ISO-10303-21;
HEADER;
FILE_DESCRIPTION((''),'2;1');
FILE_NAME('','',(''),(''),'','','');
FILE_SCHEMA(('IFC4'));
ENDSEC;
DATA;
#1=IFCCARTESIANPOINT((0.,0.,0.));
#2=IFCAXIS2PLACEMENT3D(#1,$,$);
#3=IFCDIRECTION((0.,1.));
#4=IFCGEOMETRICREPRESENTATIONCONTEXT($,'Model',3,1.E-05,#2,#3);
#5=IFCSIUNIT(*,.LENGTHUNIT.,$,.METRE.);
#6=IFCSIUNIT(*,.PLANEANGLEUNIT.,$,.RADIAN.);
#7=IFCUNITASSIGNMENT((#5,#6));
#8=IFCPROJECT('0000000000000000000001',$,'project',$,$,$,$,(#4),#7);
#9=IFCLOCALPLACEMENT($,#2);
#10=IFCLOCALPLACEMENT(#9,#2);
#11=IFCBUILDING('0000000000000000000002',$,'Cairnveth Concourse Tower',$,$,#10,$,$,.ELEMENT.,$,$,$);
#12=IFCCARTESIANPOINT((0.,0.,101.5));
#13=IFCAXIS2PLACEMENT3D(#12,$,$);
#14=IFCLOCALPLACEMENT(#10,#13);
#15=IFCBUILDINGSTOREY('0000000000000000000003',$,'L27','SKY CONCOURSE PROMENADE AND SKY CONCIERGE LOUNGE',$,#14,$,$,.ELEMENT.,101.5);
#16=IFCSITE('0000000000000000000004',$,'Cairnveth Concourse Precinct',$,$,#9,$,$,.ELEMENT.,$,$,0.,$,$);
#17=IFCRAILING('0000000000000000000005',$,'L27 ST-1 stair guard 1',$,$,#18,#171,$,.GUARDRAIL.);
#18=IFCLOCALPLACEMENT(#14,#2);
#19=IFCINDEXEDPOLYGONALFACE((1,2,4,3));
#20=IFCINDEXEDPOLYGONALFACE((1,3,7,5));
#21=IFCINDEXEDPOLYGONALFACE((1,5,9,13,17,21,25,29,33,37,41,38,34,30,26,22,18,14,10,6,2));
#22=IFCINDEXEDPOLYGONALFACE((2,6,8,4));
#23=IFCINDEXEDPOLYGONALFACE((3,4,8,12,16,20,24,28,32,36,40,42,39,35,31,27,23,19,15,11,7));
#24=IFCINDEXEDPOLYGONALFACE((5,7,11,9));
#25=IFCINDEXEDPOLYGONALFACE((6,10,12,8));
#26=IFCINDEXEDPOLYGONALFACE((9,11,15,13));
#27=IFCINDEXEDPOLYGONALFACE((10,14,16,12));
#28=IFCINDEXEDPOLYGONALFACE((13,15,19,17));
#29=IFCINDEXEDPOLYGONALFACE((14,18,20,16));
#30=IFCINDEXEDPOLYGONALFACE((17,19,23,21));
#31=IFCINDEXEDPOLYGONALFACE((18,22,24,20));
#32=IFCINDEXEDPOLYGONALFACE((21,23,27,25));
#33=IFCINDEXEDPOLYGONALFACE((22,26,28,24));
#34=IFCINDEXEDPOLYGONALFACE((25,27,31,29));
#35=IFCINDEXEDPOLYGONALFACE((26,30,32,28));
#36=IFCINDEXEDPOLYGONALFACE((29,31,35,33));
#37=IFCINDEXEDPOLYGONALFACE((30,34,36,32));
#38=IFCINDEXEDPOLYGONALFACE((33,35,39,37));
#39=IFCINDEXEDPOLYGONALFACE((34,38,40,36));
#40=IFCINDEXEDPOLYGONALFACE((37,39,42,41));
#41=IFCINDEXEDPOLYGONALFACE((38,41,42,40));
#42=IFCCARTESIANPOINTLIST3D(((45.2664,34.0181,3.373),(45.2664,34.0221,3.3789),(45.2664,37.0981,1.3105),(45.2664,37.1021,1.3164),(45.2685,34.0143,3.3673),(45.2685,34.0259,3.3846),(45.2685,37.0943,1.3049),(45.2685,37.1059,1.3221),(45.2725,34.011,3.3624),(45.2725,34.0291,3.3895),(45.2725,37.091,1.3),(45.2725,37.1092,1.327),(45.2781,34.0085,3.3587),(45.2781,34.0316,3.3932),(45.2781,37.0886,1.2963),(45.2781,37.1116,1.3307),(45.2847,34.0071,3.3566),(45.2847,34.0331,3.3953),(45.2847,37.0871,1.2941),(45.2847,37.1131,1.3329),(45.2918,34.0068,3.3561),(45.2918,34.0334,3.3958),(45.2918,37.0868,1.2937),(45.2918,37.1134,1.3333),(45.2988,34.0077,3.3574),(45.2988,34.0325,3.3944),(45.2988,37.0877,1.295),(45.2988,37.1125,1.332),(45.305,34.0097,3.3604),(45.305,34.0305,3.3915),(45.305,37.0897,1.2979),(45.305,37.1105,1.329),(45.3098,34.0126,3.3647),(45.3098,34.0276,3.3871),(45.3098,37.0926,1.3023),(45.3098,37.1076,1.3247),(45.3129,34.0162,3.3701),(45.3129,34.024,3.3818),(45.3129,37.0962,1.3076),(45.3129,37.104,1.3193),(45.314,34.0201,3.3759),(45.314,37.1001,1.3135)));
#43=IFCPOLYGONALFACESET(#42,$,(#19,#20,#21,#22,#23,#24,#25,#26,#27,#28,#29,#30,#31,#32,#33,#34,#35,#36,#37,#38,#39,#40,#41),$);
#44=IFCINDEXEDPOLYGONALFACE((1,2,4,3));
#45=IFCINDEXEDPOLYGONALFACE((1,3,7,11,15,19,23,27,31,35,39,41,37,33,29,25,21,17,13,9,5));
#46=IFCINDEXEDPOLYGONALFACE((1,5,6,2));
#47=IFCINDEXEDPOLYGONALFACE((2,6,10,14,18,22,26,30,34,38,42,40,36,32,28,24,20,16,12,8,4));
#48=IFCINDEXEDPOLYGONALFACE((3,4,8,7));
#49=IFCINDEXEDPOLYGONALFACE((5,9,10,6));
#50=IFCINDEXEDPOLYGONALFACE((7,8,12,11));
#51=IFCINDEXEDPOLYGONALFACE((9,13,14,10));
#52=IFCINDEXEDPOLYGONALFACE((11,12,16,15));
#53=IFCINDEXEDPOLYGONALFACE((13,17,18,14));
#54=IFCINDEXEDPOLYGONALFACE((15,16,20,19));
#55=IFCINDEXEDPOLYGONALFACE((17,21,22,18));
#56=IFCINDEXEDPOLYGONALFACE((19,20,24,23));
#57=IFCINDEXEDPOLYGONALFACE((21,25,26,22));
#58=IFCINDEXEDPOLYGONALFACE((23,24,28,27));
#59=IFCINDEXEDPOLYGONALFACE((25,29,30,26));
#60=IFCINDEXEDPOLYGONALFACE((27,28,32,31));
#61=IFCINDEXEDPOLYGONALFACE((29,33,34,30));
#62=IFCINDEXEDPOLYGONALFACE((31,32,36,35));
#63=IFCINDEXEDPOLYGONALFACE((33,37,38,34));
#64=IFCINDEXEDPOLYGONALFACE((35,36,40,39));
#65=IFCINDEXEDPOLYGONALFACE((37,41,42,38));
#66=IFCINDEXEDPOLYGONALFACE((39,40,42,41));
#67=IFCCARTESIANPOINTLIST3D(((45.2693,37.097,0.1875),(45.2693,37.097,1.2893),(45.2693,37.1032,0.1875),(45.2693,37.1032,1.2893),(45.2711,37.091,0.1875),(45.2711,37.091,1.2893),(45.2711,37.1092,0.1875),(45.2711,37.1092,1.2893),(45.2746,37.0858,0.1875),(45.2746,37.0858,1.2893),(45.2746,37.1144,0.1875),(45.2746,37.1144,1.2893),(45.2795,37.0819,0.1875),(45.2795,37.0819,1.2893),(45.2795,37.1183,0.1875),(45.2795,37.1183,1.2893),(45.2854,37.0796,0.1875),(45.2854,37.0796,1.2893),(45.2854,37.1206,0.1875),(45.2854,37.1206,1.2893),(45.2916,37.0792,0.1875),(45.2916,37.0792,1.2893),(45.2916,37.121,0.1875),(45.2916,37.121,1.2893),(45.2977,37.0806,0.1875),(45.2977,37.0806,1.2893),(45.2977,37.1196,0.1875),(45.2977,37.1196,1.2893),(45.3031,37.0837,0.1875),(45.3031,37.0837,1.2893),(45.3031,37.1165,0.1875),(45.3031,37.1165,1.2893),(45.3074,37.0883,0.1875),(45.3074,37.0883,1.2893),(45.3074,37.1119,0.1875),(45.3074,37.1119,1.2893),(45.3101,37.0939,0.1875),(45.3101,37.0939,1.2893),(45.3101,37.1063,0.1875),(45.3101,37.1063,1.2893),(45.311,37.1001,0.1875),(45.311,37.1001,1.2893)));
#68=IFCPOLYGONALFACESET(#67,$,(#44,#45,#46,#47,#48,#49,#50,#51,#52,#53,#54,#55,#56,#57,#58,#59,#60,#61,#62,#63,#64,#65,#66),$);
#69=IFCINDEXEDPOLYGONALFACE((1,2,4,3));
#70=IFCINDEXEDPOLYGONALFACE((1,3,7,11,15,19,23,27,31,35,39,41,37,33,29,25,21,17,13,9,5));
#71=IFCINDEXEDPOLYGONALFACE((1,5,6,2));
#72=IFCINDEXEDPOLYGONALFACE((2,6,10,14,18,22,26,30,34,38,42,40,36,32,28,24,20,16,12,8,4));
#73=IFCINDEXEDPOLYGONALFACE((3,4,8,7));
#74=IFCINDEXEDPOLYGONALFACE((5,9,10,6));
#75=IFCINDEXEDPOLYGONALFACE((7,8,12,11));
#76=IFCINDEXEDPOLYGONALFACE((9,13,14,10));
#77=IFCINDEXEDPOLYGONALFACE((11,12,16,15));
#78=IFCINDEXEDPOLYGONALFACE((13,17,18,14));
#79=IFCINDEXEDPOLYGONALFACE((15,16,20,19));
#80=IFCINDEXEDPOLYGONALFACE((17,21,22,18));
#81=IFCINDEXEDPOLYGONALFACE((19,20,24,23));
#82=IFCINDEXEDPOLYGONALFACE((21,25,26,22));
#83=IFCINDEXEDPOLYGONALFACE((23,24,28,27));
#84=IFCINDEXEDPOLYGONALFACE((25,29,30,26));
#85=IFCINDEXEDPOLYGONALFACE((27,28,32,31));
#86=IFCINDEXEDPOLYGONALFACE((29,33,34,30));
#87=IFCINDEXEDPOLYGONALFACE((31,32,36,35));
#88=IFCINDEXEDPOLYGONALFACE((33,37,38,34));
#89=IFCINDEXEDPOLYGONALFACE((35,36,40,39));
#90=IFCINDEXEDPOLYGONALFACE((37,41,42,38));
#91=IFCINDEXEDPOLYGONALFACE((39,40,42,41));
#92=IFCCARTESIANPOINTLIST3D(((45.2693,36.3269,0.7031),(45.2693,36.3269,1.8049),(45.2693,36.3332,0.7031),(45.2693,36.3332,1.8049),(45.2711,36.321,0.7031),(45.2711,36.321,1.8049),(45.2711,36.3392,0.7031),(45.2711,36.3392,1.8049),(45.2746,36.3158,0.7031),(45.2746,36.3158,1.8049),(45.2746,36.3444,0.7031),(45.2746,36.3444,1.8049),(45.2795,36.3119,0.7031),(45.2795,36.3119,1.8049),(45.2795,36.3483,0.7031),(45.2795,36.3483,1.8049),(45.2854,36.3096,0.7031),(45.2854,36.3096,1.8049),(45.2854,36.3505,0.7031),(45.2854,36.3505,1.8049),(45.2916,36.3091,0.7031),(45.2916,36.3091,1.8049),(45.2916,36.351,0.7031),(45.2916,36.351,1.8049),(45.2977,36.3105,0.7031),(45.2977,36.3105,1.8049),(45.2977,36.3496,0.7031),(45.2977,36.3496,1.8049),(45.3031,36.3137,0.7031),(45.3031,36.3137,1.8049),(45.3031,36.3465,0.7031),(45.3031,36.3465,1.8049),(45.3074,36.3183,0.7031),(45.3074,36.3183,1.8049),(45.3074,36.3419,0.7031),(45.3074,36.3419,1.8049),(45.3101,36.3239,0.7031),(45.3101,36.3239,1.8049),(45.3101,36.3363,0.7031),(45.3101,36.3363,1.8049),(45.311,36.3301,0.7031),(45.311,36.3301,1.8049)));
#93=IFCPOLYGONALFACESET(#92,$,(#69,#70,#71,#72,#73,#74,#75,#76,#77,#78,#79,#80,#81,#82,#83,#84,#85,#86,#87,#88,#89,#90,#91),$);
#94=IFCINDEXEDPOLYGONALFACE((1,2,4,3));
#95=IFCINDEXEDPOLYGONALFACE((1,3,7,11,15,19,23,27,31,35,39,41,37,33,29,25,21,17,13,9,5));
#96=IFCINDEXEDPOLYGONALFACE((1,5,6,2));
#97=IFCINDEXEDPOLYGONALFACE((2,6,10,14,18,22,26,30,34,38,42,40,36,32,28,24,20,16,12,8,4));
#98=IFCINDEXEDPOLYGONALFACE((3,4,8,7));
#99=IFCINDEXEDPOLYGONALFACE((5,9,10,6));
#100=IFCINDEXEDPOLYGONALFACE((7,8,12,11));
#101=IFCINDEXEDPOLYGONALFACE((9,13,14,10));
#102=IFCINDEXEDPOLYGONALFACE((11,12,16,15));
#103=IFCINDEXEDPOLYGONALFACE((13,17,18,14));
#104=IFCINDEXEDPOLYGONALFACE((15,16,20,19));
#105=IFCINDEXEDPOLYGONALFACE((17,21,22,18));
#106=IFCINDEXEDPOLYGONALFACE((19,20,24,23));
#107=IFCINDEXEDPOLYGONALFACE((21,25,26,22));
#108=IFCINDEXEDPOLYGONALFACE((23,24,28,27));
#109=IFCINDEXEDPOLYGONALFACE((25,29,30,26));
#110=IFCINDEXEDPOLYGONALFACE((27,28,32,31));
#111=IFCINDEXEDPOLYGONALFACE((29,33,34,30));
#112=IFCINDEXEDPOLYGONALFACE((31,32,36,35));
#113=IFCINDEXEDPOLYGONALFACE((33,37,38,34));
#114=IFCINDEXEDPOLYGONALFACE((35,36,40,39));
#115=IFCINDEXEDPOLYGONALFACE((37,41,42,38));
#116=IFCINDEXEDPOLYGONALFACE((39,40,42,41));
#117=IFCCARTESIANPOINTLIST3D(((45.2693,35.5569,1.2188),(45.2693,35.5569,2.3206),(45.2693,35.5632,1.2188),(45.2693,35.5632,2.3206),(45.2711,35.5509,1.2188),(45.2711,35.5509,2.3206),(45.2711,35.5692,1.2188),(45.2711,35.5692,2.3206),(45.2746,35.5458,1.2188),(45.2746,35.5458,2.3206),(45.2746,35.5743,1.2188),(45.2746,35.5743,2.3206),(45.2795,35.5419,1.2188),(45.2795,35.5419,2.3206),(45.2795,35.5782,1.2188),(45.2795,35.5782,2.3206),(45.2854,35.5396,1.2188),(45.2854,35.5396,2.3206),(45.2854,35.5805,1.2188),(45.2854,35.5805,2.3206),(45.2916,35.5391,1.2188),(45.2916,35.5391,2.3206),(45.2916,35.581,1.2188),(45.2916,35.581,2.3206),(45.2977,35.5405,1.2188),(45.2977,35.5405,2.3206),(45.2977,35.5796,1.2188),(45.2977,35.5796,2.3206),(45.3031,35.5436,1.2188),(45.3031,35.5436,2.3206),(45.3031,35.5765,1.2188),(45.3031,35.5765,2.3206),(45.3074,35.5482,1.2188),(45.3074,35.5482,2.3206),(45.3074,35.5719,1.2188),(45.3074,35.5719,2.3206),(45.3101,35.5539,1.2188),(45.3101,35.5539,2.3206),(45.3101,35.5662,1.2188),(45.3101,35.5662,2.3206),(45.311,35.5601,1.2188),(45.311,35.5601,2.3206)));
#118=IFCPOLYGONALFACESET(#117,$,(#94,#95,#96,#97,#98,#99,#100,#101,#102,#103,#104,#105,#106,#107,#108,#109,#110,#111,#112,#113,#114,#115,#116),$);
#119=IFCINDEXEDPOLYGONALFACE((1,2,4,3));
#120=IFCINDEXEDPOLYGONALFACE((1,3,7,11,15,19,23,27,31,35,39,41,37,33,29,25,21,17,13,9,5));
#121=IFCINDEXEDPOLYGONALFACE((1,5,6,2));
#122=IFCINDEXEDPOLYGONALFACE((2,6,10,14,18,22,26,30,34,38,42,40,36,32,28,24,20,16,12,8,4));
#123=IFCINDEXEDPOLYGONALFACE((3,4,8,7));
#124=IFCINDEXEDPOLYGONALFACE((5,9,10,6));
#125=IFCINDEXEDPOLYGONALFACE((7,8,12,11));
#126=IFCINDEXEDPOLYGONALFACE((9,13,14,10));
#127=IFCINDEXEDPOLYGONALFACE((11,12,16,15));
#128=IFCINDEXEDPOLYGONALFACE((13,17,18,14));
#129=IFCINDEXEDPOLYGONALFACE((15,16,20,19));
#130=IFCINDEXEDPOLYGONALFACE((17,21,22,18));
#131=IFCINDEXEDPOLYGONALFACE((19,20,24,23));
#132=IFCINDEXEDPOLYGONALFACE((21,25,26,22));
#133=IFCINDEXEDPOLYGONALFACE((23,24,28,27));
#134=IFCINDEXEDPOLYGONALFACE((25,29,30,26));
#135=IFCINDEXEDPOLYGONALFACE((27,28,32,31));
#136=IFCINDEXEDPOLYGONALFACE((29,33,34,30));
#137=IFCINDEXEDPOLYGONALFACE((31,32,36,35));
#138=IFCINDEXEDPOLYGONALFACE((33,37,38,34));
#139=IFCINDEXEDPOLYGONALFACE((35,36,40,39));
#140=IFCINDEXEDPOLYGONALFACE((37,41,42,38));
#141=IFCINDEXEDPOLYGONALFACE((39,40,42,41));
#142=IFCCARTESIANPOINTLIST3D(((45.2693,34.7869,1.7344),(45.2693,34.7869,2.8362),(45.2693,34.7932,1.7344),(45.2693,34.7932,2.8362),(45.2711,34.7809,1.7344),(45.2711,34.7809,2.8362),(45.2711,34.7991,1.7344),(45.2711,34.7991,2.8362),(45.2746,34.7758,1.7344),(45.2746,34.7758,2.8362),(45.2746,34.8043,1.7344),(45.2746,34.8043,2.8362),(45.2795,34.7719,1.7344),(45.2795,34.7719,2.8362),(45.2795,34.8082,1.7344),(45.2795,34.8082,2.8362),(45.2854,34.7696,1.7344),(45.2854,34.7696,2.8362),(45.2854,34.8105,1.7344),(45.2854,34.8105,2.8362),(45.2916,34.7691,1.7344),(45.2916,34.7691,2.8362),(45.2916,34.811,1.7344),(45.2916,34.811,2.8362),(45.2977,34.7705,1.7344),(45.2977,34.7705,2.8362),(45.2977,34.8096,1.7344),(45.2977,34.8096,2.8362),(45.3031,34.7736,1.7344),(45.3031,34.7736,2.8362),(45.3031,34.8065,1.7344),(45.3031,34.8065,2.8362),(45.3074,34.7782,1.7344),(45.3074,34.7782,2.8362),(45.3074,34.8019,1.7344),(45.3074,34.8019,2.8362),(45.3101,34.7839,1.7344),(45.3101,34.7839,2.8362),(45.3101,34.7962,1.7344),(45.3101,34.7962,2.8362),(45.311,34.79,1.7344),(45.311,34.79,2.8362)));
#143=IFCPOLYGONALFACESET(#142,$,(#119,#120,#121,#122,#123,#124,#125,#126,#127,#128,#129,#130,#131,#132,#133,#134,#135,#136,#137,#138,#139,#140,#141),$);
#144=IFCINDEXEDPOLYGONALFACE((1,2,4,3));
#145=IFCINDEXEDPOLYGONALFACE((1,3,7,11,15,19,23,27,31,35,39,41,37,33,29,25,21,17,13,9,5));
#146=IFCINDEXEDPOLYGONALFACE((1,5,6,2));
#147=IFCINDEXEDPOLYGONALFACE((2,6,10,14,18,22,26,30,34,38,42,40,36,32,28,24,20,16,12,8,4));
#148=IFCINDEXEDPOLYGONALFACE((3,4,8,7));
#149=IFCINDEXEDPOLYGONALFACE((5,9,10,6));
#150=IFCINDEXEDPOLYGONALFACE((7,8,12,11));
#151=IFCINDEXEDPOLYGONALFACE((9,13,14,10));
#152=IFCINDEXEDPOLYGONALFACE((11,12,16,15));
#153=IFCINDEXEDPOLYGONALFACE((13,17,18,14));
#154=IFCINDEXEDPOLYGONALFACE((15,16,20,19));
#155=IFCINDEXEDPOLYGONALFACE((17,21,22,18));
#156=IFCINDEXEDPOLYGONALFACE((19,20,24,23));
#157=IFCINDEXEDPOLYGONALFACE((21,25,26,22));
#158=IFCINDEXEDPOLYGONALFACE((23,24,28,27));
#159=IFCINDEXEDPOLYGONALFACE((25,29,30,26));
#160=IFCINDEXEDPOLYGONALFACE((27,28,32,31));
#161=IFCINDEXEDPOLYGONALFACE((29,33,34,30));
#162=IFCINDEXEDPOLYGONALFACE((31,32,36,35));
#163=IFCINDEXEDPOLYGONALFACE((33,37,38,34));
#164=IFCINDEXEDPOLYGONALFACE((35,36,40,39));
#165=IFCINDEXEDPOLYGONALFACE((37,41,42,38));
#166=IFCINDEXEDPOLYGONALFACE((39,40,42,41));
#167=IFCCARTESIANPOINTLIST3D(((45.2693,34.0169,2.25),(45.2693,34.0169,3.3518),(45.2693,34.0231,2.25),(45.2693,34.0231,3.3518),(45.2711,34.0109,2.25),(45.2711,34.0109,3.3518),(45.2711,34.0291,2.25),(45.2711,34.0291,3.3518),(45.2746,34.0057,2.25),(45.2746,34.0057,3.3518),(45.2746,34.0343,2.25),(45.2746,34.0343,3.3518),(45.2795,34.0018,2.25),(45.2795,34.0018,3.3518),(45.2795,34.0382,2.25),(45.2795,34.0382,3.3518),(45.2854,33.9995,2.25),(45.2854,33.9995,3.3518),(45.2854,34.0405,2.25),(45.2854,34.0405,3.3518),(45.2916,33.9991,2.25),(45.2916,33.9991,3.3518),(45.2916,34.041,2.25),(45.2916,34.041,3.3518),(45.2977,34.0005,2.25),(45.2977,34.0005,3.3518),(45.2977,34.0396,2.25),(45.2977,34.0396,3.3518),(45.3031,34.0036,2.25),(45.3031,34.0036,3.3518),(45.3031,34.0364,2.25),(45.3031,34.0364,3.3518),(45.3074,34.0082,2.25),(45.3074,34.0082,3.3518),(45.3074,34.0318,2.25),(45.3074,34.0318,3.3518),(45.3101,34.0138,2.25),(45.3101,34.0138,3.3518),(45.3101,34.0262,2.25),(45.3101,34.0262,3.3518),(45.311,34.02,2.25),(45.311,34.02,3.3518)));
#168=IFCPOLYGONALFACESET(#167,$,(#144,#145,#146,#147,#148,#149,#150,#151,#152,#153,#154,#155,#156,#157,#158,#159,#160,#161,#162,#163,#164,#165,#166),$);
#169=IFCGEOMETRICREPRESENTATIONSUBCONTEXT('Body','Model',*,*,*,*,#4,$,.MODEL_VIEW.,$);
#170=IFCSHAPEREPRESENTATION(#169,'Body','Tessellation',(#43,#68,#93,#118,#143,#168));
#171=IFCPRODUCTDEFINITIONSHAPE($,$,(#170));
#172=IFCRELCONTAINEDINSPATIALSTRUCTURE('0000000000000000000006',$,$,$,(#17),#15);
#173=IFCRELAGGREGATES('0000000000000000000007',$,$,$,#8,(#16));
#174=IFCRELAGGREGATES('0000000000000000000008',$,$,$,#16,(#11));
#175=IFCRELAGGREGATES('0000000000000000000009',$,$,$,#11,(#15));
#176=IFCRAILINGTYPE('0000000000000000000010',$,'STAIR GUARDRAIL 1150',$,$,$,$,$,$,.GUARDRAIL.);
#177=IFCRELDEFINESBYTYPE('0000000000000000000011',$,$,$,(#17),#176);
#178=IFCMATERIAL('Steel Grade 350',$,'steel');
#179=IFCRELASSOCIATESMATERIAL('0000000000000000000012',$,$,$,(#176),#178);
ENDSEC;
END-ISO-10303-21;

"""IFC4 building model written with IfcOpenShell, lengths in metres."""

from ifc_helpers import new_model, si_unit, direction, frame, origin, origin_2d, place, context, subcontext, project, spatial, circle, extrude, material, type_object, element, save


model = new_model("IFC4")

# Units and contexts
model_context = context("Model", 3, precision=1e-05, world=origin(), true_north=direction((0.0, 1.0)))
body_context = subcontext(model_context, "Body", "Model", "MODEL_VIEW")
ifc_project = project(units=[si_unit("LENGTHUNIT", "METRE"), si_unit("PLANEANGLEUNIT", "RADIAN")], contexts=[model_context])

# Site, building, storey
site_placement = place(None, origin())
site = spatial("IfcSite", under=ifc_project, at=site_placement, Name="Cairnveth Concourse Precinct", CompositionType="ELEMENT", RefElevation=0.0)
building_placement = place(site_placement, origin())
building = spatial("IfcBuilding", under=site, at=building_placement, Name="Cairnveth Concourse Tower", CompositionType="ELEMENT")
storey_placement = place(building_placement, frame((0.0, 0.0, 101.5)))
storey = spatial("IfcBuildingStorey", under=building, at=storey_placement, Name="L27", Description="SKY CONCOURSE PROMENADE AND SKY CONCIERGE LOUNGE", CompositionType="ELEMENT", Elevation=101.5)

# Shared definitions
ifc_material_1 = material(Name="Steel Grade 350", Category="steel")

# Railing
railing_type_1 = type_object("IfcRailingType", Name="STAIR GUARDRAIL 1150", PredefinedType="GUARDRAIL", material=ifc_material_1)
railing_1_placement = place(storey_placement, frame((45.29, 37.1001, 0.1875)))
element("IfcRailing", 1, at=railing_1_placement, inside=storey, type_object=railing_type_1, Name="L27 ST-1 stair guard 1", PredefinedType="GUARDRAIL", context=body_context, shape_type="SweptSolid", body=[
    extrude(circle(Radius=0.0239, at=origin_2d()), frame((0.0, 0.0, 1.126), z_axis=(0.0, -0.830914, 0.556401), x_axis=(1.0, 0.0, 0.0)), (0.0, 0.0, 1.0), 3.7068),
    extrude(circle(Radius=0.021, at=origin_2d()), origin(), (0.0, 0.0, 1.0), 1.1018),
    extrude(circle(Radius=0.021, at=origin_2d()), frame((0.0, -0.77, 0.5156)), (0.0, 0.0, 1.0), 1.1018),
    extrude(circle(Radius=0.021, at=origin_2d()), frame((0.0, -1.54, 1.0312)), (0.0, 0.0, 1.0), 1.1018),
    extrude(circle(Radius=0.021, at=origin_2d()), frame((0.0, -2.3101, 1.5469)), (0.0, 0.0, 1.0), 1.1018),
    extrude(circle(Radius=0.021, at=origin_2d()), frame((0.0, -3.0801, 2.0625)), (0.0, 0.0, 1.0), 1.1018),
])

save(model, "model.ifc")
